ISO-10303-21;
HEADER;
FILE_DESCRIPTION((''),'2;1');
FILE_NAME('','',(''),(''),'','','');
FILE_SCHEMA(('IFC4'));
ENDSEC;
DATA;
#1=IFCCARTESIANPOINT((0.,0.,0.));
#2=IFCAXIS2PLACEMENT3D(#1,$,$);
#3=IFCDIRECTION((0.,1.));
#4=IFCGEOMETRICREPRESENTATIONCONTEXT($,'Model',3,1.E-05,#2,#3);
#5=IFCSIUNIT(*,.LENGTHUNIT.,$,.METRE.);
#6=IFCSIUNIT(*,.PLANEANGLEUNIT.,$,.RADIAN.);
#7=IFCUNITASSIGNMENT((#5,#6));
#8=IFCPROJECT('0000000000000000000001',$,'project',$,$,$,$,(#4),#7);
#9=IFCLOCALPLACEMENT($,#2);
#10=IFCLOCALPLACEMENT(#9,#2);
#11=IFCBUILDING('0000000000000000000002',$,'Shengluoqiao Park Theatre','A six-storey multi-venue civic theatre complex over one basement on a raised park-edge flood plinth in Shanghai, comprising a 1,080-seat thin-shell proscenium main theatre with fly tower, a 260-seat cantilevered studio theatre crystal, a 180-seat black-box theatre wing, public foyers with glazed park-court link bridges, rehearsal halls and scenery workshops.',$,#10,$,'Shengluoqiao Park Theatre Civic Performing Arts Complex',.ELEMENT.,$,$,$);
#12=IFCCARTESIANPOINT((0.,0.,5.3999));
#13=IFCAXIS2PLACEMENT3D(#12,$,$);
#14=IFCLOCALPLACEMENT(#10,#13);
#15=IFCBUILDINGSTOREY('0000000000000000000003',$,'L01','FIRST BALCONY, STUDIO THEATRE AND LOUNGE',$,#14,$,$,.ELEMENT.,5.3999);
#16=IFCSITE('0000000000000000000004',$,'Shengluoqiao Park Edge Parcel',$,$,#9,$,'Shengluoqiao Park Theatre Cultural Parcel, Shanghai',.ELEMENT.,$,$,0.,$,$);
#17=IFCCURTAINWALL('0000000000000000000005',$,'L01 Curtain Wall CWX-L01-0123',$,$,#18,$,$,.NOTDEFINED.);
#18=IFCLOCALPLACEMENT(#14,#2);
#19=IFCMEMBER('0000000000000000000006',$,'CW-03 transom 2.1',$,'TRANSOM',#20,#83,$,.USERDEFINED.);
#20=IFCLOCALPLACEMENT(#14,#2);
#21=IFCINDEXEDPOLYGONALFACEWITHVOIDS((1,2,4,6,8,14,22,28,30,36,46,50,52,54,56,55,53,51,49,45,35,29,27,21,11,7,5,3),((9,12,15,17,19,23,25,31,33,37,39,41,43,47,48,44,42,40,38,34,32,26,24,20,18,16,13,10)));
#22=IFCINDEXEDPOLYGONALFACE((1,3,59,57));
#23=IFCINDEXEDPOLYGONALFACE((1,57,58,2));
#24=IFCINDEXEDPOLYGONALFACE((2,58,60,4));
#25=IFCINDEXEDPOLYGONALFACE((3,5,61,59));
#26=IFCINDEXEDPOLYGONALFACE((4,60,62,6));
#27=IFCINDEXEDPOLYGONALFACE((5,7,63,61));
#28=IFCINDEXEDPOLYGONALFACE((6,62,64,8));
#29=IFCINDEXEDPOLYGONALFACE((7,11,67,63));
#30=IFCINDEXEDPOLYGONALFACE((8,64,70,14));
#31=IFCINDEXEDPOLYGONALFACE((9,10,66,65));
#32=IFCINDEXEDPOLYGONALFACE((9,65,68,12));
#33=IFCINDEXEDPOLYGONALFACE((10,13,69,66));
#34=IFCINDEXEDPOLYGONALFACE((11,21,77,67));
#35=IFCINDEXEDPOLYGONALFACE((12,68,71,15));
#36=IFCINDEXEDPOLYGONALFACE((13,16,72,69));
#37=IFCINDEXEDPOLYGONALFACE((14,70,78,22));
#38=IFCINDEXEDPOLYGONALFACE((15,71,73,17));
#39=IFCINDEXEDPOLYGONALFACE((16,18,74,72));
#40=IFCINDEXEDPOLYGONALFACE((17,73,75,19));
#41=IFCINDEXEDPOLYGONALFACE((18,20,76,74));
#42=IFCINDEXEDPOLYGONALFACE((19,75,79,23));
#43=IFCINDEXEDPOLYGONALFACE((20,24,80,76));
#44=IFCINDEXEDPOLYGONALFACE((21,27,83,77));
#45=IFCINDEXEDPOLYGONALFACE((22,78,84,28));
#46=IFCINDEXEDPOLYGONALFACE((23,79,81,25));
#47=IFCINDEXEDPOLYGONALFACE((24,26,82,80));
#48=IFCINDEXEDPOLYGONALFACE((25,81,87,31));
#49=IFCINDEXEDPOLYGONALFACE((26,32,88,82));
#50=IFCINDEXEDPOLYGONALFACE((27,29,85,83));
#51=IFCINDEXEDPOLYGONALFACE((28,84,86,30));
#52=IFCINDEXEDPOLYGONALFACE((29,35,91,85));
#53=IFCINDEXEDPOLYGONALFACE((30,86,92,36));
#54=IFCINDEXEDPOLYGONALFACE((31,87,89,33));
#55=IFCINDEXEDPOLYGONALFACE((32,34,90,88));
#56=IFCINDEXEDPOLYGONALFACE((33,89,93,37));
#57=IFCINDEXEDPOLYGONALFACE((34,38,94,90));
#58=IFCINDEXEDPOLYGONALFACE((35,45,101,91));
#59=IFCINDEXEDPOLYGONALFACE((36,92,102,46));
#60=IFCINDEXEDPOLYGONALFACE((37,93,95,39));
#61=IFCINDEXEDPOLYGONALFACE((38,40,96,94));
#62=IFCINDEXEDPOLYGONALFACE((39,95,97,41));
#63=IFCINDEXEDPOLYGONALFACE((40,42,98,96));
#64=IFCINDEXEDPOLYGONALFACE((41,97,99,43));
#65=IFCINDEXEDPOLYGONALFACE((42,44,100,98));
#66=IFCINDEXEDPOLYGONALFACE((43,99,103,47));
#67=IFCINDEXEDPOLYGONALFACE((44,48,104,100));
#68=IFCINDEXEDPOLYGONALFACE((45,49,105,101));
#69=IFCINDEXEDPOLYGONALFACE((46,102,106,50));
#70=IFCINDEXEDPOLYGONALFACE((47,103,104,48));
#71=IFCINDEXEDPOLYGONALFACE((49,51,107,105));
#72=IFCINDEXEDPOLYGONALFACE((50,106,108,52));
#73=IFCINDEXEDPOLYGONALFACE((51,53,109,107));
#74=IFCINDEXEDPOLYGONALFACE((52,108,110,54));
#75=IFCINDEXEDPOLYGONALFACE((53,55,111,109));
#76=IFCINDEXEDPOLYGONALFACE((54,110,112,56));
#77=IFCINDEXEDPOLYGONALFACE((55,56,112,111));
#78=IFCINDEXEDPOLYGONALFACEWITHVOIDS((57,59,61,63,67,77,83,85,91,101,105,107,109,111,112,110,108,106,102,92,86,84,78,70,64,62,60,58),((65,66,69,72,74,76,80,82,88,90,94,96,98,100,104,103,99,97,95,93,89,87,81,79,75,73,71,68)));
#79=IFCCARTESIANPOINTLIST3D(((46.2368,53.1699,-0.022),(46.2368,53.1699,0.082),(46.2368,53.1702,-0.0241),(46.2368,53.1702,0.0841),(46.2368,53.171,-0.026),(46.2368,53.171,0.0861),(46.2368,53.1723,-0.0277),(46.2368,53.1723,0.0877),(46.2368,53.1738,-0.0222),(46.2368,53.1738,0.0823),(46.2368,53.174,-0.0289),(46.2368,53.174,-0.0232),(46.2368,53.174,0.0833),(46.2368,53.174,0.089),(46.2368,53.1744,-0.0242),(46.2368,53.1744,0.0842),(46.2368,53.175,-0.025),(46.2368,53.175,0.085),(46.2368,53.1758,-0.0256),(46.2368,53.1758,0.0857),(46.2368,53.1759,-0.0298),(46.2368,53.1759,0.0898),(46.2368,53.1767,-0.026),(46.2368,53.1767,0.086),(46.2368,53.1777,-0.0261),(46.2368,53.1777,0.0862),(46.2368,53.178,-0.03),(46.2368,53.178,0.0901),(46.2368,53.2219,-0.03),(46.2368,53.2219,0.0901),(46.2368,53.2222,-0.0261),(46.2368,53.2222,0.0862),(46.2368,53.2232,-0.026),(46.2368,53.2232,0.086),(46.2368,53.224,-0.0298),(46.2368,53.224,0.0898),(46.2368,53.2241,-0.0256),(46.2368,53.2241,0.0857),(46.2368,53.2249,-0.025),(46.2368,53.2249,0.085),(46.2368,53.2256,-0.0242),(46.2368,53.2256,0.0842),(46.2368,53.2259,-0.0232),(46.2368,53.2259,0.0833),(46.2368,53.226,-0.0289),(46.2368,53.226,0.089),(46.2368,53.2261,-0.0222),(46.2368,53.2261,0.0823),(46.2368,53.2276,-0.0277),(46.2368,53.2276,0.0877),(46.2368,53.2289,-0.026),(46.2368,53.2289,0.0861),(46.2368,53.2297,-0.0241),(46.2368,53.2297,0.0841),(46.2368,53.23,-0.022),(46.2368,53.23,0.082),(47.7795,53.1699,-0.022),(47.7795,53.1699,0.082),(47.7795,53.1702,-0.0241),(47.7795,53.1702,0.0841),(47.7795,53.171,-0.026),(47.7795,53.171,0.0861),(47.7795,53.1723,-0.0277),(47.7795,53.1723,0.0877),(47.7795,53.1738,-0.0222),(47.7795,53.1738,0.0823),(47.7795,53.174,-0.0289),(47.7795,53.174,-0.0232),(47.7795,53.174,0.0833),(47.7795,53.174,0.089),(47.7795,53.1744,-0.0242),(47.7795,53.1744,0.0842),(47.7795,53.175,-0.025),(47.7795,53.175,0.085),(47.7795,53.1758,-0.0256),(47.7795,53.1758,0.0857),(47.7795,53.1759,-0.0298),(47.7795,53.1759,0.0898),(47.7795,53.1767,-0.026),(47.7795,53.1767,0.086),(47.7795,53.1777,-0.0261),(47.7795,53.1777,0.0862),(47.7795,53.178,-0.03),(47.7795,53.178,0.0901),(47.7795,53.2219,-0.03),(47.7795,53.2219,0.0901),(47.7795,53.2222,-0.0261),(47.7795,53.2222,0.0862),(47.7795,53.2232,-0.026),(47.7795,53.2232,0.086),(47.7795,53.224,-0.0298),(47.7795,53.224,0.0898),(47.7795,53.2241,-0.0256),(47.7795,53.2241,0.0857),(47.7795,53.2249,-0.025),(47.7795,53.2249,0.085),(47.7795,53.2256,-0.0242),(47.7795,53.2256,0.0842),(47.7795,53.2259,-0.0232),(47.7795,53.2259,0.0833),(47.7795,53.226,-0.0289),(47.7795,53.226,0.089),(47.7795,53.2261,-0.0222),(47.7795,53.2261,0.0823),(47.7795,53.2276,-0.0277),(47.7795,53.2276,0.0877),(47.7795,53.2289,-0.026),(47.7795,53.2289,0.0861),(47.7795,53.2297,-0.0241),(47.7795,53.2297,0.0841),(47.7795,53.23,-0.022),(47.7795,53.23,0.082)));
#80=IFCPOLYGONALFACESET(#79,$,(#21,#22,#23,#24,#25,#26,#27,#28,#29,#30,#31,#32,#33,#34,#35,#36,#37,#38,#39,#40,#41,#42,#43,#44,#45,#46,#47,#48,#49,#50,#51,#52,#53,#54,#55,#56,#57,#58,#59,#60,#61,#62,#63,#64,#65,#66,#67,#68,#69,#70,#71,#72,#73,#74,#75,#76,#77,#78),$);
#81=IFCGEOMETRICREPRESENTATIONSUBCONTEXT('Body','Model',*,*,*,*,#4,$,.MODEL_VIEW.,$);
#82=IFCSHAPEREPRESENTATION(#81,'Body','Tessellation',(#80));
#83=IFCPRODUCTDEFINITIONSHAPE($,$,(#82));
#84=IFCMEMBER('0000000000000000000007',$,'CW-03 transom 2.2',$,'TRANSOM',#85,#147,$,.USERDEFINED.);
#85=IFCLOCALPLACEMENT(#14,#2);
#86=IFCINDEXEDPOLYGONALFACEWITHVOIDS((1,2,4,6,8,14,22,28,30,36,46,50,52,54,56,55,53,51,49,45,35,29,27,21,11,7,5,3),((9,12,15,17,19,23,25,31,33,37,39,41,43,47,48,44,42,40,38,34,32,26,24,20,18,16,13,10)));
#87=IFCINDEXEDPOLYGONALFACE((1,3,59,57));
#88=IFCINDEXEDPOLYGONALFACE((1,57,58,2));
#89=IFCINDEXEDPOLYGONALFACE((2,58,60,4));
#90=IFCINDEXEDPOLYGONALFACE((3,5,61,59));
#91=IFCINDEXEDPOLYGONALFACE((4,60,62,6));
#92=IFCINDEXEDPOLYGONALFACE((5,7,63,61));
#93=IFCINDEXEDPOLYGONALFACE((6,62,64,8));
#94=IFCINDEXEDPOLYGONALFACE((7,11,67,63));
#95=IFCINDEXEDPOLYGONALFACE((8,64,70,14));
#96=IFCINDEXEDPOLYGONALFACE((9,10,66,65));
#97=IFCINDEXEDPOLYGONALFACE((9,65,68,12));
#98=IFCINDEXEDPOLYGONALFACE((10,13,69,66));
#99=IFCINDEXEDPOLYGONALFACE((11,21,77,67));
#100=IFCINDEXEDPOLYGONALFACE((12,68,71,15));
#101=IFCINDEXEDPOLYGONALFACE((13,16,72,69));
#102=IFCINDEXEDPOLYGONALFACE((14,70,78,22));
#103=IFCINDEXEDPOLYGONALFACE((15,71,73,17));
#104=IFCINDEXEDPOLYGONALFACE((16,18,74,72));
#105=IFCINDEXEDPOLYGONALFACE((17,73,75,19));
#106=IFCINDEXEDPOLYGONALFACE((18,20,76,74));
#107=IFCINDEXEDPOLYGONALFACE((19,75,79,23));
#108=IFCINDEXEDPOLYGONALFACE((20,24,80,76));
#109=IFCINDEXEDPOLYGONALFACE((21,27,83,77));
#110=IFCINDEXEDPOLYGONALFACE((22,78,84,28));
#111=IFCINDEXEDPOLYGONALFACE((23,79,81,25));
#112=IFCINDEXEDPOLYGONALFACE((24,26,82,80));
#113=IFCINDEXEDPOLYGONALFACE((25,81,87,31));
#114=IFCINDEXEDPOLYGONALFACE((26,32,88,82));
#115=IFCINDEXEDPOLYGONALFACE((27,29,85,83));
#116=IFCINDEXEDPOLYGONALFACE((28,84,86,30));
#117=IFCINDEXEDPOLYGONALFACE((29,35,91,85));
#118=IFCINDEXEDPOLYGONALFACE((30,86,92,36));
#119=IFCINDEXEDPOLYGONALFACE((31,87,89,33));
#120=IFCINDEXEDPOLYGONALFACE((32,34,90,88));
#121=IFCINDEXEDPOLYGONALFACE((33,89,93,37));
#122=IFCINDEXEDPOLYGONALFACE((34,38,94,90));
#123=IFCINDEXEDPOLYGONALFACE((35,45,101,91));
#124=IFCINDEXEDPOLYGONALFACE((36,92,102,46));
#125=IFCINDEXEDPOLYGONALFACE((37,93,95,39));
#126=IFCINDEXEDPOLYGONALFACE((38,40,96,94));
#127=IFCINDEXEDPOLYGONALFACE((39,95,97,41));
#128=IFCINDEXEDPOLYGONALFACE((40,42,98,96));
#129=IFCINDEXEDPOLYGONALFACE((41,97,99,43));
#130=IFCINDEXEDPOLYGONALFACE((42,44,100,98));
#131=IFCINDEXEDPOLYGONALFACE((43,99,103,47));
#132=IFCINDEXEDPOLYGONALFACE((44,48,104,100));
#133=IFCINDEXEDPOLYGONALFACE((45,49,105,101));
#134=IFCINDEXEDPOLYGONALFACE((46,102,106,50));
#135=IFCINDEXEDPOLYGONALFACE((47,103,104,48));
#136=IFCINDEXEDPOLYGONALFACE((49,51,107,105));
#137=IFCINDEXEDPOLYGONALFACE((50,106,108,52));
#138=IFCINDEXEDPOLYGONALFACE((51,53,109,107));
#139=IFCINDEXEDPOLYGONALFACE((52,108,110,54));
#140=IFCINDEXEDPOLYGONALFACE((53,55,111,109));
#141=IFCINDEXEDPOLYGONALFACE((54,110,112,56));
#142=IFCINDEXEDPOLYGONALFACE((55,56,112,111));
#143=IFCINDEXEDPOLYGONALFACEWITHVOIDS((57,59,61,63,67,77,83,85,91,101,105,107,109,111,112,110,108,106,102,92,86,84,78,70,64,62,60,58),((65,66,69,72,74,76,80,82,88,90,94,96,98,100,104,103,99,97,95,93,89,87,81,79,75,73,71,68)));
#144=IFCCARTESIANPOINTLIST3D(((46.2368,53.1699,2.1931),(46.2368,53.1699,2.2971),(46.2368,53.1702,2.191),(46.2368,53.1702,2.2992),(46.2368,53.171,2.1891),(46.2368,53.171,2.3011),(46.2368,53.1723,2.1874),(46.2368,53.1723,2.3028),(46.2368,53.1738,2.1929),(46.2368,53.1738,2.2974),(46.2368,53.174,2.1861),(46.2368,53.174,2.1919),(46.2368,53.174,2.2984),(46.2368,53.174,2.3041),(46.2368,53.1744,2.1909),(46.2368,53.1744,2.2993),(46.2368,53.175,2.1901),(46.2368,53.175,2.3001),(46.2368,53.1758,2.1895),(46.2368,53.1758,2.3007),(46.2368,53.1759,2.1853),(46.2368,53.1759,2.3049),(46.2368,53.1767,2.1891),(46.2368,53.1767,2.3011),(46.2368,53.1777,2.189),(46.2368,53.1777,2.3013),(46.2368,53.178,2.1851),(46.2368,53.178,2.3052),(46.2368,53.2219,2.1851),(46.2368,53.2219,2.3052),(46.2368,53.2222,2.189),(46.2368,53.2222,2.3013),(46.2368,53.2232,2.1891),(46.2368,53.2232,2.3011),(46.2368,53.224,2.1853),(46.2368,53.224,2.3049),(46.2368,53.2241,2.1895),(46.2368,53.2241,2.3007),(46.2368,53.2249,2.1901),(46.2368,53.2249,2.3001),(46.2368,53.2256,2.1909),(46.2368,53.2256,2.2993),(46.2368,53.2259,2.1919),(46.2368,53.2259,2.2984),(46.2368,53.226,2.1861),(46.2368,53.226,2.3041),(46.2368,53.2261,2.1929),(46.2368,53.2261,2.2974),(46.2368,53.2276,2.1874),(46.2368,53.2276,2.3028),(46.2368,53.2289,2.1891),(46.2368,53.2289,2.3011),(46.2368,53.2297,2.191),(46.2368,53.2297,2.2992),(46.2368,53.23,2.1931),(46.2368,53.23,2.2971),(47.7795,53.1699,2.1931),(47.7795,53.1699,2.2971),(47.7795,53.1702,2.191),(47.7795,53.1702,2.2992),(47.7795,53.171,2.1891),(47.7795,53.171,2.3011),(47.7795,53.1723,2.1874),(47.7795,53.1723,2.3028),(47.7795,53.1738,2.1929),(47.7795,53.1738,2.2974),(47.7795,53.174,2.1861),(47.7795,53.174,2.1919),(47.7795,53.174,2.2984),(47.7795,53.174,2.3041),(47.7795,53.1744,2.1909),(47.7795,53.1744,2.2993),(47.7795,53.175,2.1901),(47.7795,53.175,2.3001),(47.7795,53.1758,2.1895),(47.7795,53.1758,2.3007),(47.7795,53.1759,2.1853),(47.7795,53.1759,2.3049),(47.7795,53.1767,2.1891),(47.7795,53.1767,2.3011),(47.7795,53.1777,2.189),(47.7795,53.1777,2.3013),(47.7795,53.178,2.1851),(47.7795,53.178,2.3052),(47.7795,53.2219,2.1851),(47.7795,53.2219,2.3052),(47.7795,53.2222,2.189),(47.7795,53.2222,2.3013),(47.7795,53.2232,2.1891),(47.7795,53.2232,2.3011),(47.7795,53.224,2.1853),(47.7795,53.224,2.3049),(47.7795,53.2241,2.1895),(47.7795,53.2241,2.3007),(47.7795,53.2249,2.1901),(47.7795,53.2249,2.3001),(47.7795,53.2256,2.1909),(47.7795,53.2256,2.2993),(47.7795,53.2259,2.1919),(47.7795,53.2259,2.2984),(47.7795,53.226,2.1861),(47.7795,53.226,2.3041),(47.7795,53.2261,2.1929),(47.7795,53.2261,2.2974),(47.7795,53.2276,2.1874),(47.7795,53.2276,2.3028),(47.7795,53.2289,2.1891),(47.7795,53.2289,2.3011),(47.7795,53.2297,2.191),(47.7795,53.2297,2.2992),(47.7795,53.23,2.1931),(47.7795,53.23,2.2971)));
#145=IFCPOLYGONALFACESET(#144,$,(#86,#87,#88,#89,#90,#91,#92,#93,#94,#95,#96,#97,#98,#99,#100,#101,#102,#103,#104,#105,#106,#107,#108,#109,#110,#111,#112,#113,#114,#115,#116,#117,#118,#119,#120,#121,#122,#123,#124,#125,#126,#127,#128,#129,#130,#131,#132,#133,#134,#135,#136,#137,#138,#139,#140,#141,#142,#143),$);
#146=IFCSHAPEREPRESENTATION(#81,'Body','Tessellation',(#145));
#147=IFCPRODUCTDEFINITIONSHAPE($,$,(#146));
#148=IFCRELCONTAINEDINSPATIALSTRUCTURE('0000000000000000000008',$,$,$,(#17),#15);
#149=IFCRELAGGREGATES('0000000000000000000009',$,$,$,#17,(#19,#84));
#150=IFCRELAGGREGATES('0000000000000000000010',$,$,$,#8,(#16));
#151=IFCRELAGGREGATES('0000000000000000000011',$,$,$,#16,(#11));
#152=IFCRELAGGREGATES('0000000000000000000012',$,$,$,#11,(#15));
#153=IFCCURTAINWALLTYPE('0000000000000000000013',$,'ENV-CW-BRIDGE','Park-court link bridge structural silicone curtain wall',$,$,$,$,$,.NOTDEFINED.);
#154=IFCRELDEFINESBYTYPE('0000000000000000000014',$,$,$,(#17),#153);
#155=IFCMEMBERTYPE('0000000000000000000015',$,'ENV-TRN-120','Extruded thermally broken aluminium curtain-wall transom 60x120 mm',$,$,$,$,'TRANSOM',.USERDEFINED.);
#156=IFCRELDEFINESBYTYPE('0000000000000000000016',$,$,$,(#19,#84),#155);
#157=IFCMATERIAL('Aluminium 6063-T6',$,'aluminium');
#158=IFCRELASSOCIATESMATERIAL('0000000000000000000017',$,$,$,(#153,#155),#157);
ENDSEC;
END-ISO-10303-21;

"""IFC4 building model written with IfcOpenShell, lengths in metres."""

from ifc_helpers import new_model, si_unit, direction, frame, origin, origin_2d, place, context, subcontext, project, spatial, hollow_rectangle, extrude, material, material_profile, profile_set, type_object, element, aggregate, save


model = new_model("IFC4")

# Units and contexts
model_context = context("Model", 3, precision=1e-05, world=origin(), true_north=direction((0.0, 1.0)))
body_context = subcontext(model_context, "Body", "Model", "MODEL_VIEW")
ifc_project = project(units=[si_unit("LENGTHUNIT", "METRE"), si_unit("PLANEANGLEUNIT", "RADIAN")], contexts=[model_context])

# Site, building, storey
site_placement = place(None, origin())
site = spatial("IfcSite", under=ifc_project, at=site_placement, Name="Shengluoqiao Park Edge Parcel", LongName="Shengluoqiao Park Theatre Cultural Parcel, Shanghai", CompositionType="ELEMENT", RefElevation=0.0)
building_placement = place(site_placement, origin())
building = spatial("IfcBuilding", under=site, at=building_placement, Name="Shengluoqiao Park Theatre", Description="A six-storey multi-venue civic theatre complex over one basement on a raised park-edge flood plinth in Shanghai, comprising a 1,080-seat thin-shell proscenium main theatre with fly tower, a 260-seat cantilevered studio theatre crystal, a 180-seat black-box theatre wing, public foyers with glazed park-court link bridges, rehearsal halls and scenery workshops.", LongName="Shengluoqiao Park Theatre Civic Performing Arts Complex", CompositionType="ELEMENT")
storey_placement = place(building_placement, frame((0.0, 0.0, 5.3999)))
storey = spatial("IfcBuildingStorey", under=building, at=storey_placement, Name="L01", Description="FIRST BALCONY, STUDIO THEATRE AND LOUNGE", CompositionType="ELEMENT", Elevation=5.3999)

# Curtain wall, members
ifc_material_1 = material(Name="Aluminium 6063-T6", Category="aluminium")
curtain_wall_type = type_object("IfcCurtainWallType", Name="ENV-CW-BRIDGE", Description="Park-court link bridge structural silicone curtain wall", PredefinedType="NOTDEFINED", material=ifc_material_1)
curtain_wall_placement = place(storey_placement, origin())
curtain_wall = element("IfcCurtainWall", 1, at=curtain_wall_placement, inside=storey, type_object=curtain_wall_type, Name="L01 Curtain Wall CWX-L01-0123", PredefinedType="NOTDEFINED")
ifc_material_profile_1 = material_profile(ifc_material_1, hollow_rectangle(XDim=0.0601, YDim=0.1201, WallThickness=0.0039, InnerFilletRadius=0.0039, OuterFilletRadius=0.0081, at=origin_2d()), Name="ALU TRANSOM 120x60x4")
ifc_profile_set_1 = profile_set([ifc_material_profile_1], Name="Aluminium 6063-T6")
member_type_1 = type_object("IfcMemberType", Name="ENV-TRN-120", Description="Extruded thermally broken aluminium curtain-wall transom 60x120 mm", ElementType="TRANSOM", PredefinedType="USERDEFINED", material=ifc_profile_set_1)
member_1_placement = place(storey_placement, frame((46.2368, 53.2, 0.03), z_axis=(1.0, 0.0, 0.0), x_axis=(0.0, 1.0, 0.0)))
member_1 = element("IfcMember", 2, at=member_1_placement, type_object=member_type_1, Name="CW-03 transom 2.1", ObjectType="TRANSOM", PredefinedType="USERDEFINED", context=body_context, shape_type="SweptSolid", body=[
    extrude(hollow_rectangle(XDim=0.0601, YDim=0.1201, WallThickness=0.0039, InnerFilletRadius=0.0039, OuterFilletRadius=0.0081, at=origin_2d()), origin(), (0.0, 0.0, 1.0), 1.5427),
])
member_2_placement = place(storey_placement, frame((46.2368, 53.2, 2.2451), z_axis=(1.0, 0.0, 0.0), x_axis=(0.0, 1.0, 0.0)))
member_2 = element("IfcMember", 3, at=member_2_placement, type_object=member_type_1, Name="CW-03 transom 2.2", ObjectType="TRANSOM", PredefinedType="USERDEFINED", context=body_context, shape_type="SweptSolid", body=[
    extrude(hollow_rectangle(XDim=0.0601, YDim=0.1201, WallThickness=0.0039, InnerFilletRadius=0.0039, OuterFilletRadius=0.0081, at=origin_2d()), origin(), (0.0, 0.0, 1.0), 1.5427),
])

aggregate(curtain_wall, [member_1, member_2])

save(model, "model.ifc")
